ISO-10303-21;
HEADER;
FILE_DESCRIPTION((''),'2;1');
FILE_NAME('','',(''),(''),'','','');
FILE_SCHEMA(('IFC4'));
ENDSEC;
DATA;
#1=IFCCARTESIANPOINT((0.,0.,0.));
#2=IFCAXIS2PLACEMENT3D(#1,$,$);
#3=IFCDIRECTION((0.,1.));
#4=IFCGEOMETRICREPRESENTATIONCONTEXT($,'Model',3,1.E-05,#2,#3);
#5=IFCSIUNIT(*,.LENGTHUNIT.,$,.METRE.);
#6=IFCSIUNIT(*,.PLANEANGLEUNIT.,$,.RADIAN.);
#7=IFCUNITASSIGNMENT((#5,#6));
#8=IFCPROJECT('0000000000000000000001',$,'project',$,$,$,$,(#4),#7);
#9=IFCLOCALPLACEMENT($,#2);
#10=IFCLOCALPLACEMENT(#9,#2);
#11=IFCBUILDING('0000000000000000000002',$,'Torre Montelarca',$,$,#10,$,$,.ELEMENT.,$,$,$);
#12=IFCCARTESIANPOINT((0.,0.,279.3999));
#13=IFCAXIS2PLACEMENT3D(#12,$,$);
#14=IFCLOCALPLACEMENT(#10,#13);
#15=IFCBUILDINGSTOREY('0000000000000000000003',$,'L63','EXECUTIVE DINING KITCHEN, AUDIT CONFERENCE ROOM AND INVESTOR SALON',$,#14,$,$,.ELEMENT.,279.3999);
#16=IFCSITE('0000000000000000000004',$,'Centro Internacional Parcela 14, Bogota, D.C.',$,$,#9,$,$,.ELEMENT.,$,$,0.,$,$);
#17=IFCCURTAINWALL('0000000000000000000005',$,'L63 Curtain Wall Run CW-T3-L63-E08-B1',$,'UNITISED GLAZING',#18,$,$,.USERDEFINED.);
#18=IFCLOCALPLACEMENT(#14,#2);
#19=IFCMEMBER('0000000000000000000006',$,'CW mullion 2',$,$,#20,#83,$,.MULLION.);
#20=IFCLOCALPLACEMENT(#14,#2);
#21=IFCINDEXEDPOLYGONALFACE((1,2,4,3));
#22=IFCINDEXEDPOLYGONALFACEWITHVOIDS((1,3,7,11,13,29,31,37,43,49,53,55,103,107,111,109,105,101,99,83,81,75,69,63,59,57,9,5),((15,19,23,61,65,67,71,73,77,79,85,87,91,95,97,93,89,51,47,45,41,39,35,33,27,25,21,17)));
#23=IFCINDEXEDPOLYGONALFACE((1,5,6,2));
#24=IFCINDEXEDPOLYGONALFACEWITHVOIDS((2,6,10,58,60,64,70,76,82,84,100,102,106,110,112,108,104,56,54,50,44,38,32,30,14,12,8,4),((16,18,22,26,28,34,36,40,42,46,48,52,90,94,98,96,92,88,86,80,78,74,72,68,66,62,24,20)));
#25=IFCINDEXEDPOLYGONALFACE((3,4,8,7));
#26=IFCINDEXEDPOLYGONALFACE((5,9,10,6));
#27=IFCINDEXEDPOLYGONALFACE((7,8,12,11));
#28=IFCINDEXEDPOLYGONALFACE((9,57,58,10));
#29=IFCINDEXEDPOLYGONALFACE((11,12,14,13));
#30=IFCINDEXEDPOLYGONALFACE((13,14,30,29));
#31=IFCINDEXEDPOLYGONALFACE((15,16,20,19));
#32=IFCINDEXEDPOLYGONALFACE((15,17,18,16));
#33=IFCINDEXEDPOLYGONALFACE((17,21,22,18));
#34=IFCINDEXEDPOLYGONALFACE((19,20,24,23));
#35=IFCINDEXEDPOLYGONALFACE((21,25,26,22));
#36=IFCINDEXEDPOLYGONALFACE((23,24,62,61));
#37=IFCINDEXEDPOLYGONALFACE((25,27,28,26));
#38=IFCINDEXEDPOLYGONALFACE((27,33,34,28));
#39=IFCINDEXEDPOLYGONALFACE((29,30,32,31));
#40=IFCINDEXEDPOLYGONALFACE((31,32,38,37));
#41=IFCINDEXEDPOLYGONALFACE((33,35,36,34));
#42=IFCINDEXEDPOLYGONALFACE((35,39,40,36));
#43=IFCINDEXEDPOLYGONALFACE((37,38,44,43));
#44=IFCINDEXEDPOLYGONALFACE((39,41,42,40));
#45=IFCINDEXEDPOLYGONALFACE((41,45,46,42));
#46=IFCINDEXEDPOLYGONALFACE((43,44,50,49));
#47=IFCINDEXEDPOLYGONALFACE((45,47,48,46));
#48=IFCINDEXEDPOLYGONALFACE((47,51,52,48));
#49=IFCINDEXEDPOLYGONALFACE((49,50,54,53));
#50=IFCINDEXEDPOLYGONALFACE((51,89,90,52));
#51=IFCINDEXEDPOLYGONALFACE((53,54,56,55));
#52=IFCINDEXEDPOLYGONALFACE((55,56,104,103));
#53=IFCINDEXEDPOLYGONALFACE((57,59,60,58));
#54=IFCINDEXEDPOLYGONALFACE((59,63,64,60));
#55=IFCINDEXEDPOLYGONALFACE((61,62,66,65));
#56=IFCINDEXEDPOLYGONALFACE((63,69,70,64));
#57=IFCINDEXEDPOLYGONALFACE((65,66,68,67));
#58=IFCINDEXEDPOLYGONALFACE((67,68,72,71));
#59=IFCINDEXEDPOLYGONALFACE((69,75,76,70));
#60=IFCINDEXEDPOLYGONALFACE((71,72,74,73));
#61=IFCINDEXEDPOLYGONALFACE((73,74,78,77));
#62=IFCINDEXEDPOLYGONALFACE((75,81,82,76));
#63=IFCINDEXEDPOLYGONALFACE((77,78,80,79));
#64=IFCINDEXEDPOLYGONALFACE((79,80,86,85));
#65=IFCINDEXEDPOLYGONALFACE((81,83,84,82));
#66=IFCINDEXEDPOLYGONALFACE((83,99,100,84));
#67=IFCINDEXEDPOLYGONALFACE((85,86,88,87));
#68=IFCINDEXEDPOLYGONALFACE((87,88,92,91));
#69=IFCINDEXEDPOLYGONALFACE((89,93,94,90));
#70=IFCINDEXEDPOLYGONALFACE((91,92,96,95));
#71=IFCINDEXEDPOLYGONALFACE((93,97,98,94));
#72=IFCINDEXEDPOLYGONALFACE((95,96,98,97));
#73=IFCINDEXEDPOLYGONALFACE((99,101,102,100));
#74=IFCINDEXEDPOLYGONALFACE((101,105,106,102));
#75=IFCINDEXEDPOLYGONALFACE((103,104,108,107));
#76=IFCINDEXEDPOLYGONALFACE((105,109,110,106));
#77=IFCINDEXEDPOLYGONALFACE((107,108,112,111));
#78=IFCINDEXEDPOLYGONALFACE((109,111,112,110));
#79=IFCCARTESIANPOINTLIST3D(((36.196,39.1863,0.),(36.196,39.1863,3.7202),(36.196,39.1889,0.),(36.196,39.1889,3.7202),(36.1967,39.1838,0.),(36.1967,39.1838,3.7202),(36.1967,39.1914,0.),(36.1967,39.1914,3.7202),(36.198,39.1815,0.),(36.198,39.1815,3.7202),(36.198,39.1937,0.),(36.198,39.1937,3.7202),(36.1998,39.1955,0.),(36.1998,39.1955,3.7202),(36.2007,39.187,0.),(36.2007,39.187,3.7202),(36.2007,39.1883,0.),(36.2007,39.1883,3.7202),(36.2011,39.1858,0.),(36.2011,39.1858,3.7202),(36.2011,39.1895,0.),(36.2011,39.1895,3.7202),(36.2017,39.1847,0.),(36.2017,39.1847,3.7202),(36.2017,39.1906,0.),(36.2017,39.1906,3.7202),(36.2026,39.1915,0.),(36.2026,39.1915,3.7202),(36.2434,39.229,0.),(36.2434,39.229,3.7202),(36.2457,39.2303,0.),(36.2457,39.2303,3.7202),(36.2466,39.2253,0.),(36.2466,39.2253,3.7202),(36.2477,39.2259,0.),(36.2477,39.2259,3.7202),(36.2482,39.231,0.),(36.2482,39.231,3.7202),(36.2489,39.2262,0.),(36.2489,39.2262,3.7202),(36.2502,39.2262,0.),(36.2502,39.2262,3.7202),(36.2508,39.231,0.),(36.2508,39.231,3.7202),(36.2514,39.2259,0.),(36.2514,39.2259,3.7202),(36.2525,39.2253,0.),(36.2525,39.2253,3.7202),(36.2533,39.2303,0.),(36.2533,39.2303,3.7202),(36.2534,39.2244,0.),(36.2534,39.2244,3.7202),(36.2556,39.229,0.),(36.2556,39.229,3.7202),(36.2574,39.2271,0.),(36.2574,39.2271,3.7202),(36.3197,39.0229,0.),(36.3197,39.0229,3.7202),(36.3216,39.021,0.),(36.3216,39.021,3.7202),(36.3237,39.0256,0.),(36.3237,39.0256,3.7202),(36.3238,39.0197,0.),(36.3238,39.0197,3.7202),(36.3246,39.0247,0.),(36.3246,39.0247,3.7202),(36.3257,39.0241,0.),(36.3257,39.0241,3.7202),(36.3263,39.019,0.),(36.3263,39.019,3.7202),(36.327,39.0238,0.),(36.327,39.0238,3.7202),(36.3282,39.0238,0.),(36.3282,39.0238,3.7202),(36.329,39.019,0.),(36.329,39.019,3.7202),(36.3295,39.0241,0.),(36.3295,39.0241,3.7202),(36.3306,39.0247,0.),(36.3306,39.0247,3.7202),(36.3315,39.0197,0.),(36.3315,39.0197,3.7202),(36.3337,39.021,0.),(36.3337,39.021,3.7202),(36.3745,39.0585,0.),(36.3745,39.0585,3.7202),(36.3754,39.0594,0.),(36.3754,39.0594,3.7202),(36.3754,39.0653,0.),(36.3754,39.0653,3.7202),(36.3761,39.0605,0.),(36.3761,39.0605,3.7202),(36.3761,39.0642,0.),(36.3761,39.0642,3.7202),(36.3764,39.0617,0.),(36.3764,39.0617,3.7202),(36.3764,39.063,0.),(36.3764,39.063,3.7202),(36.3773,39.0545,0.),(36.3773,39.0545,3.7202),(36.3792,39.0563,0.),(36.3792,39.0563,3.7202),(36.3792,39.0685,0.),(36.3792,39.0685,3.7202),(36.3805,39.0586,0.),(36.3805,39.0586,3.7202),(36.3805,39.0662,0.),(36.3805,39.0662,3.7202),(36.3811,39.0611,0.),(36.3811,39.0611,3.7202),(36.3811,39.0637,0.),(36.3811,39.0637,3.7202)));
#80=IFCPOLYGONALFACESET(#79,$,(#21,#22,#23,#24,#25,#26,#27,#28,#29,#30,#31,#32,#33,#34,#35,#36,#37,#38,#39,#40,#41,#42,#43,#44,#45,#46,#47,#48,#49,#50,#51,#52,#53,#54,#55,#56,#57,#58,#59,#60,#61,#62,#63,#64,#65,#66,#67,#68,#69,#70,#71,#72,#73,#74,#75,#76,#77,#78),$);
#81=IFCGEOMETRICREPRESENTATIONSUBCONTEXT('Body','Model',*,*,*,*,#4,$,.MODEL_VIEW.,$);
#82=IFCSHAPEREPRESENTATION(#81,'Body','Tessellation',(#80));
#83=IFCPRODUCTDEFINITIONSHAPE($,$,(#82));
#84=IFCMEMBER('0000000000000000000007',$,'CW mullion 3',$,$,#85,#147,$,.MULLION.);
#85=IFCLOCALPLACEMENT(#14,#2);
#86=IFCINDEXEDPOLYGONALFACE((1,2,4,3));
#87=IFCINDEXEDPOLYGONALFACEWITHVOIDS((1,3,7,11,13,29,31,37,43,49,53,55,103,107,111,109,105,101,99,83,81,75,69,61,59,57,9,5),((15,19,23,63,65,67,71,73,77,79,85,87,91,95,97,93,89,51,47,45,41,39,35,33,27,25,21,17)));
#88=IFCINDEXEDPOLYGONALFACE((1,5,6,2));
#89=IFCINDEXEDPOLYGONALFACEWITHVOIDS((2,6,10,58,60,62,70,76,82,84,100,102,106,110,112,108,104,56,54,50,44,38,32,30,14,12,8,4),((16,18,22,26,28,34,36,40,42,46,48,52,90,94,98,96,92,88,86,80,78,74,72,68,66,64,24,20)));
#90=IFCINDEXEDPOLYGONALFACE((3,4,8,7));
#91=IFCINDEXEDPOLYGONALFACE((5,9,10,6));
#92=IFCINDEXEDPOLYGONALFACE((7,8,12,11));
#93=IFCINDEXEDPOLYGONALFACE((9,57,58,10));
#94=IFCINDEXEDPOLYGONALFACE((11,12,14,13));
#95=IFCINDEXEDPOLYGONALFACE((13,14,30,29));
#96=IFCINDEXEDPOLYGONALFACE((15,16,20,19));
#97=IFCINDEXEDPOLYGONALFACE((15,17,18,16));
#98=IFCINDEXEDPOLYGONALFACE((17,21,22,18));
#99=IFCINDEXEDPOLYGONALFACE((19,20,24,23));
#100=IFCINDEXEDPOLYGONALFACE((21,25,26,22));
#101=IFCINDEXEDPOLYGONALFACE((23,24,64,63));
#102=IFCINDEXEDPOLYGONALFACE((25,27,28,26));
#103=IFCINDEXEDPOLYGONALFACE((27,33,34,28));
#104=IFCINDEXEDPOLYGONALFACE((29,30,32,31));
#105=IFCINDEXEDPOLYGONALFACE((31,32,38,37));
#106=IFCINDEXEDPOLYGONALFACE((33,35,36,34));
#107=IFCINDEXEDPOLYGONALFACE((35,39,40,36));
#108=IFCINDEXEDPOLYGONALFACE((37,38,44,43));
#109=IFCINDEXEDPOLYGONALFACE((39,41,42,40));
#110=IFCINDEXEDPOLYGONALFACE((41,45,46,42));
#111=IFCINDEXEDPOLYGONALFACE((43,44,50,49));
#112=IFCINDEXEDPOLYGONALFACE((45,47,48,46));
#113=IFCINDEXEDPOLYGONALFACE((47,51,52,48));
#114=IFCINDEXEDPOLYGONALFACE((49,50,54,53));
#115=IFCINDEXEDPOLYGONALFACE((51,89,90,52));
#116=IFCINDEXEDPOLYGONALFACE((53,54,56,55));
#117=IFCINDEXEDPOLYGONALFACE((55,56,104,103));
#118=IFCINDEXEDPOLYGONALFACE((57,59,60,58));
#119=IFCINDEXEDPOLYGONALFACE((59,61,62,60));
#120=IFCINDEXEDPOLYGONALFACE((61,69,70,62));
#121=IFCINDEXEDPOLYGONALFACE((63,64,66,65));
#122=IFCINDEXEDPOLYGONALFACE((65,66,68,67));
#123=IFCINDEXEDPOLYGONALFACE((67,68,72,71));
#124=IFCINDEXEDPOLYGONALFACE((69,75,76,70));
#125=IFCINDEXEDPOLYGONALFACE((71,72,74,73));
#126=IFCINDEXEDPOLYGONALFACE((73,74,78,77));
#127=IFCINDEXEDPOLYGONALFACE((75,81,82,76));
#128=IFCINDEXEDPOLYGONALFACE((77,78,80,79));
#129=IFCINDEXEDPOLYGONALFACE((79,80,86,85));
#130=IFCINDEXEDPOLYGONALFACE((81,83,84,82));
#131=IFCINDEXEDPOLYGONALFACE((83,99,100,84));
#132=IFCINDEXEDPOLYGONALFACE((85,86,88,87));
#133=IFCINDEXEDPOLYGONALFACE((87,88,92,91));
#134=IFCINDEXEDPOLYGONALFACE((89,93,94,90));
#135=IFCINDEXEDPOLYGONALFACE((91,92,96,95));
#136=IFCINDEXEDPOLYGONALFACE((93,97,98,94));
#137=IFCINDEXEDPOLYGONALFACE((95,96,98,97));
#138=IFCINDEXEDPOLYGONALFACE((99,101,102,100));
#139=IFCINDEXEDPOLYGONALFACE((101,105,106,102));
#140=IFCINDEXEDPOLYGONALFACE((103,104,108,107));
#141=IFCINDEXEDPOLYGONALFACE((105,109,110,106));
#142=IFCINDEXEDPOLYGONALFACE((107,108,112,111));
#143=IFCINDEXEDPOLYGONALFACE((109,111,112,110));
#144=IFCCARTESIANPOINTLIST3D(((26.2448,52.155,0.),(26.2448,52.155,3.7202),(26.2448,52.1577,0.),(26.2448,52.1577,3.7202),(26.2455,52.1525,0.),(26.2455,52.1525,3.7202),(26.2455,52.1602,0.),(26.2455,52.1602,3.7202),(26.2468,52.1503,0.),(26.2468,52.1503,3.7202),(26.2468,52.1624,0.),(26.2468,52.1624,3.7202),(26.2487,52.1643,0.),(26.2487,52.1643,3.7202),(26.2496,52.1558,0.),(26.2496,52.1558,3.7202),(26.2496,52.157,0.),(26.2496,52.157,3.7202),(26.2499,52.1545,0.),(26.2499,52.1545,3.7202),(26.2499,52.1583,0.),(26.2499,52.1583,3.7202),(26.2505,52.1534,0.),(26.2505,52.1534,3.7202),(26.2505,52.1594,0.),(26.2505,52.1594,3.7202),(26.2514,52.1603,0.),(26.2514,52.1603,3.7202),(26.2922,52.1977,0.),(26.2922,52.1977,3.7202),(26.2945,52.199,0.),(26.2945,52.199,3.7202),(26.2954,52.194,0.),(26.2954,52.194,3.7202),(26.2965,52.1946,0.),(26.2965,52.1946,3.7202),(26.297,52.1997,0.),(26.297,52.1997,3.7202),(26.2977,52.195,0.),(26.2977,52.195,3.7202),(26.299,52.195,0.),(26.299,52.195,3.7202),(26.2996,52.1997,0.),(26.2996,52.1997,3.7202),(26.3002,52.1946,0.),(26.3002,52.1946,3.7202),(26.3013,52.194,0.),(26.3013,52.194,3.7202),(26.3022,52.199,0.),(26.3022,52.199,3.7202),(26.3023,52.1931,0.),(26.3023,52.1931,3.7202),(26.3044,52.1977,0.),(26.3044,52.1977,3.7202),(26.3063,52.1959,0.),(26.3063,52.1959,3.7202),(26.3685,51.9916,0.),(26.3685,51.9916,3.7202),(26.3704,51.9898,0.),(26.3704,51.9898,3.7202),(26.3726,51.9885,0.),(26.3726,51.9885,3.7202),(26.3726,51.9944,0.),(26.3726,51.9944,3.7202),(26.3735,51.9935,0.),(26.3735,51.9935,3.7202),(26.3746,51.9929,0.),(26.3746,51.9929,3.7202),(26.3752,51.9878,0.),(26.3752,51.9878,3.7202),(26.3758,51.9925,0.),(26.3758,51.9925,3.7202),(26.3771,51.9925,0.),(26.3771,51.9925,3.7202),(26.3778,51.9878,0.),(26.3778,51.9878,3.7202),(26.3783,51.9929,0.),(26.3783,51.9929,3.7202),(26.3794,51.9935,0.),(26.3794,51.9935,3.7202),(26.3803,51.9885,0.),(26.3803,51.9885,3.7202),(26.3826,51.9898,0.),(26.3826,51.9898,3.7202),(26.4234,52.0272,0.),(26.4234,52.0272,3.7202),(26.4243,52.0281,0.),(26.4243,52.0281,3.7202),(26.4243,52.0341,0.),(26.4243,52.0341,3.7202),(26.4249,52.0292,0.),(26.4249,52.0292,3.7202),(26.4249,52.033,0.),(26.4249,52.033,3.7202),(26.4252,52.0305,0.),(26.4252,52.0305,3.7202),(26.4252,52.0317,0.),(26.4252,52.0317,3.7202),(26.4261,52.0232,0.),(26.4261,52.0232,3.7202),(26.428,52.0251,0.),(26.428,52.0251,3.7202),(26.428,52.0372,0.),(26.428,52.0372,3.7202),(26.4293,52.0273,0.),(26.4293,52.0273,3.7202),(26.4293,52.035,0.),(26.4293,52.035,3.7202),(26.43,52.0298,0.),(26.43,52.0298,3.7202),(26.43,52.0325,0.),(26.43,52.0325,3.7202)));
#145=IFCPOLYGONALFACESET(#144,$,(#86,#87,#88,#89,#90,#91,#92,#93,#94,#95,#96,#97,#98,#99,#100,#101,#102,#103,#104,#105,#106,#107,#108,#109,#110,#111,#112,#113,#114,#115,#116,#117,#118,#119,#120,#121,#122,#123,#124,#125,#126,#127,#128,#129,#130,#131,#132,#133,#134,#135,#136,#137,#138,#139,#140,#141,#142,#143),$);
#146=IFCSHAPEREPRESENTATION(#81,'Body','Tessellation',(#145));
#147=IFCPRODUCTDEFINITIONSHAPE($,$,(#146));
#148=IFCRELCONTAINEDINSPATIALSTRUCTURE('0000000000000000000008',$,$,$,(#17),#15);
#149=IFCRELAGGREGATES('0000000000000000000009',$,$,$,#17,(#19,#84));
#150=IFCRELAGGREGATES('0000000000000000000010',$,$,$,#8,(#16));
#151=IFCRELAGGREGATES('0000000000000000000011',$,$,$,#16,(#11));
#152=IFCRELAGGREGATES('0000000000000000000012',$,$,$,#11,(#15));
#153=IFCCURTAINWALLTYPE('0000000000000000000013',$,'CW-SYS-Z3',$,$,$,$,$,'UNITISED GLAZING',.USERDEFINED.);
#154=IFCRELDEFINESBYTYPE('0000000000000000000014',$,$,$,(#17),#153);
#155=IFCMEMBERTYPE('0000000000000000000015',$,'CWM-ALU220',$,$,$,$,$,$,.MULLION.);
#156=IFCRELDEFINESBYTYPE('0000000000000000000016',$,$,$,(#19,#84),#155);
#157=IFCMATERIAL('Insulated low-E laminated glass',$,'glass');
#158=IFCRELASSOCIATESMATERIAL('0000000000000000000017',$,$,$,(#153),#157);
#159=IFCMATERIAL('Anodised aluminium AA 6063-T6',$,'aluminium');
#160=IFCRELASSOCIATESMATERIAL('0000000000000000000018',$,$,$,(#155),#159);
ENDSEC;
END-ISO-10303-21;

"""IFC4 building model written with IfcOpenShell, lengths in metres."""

from ifc_helpers import new_model, si_unit, direction, frame, origin, origin_2d, place, context, subcontext, project, spatial, hollow_rectangle, extrude, source, transform, mapped, material, material_profile, profile_set, type_object, element, aggregate, save


model = new_model("IFC4")

# Units and contexts
model_context = context("Model", 3, precision=1e-05, world=origin(), true_north=direction((0.0, 1.0)))
body_context = subcontext(model_context, "Body", "Model", "MODEL_VIEW")
ifc_project = project(units=[si_unit("LENGTHUNIT", "METRE"), si_unit("PLANEANGLEUNIT", "RADIAN")], contexts=[model_context])

# Site, building, storey
site_placement = place(None, origin())
site = spatial("IfcSite", under=ifc_project, at=site_placement, Name="Centro Internacional Parcela 14, Bogota, D.C.", CompositionType="ELEMENT", RefElevation=0.0)
building_placement = place(site_placement, origin())
building = spatial("IfcBuilding", under=site, at=building_placement, Name="Torre Montelarca", CompositionType="ELEMENT")
storey_placement = place(building_placement, frame((0.0, 0.0, 279.3999)))
storey = spatial("IfcBuildingStorey", under=building, at=storey_placement, Name="L63", Description="EXECUTIVE DINING KITCHEN, AUDIT CONFERENCE ROOM AND INVESTOR SALON", CompositionType="ELEMENT", Elevation=279.3999)

# Shared definitions
ifc_material_1 = material(Name="Insulated low-E laminated glass", Category="glass")
curtain_wall_type = type_object("IfcCurtainWallType", Name="CW-SYS-Z3", ElementType="UNITISED GLAZING", PredefinedType="USERDEFINED", material=ifc_material_1)
ifc_material_2 = material(Name="Anodised aluminium AA 6063-T6", Category="aluminium")

# Curtain wall, members
curtain_wall_1_placement = place(storey_placement, origin())
curtain_wall_1 = element("IfcCurtainWall", 1, at=curtain_wall_1_placement, inside=storey, type_object=curtain_wall_type, Name="L63 Curtain Wall Run CW-T3-L63-E08-B1", ObjectType="UNITISED GLAZING", PredefinedType="USERDEFINED")
ifc_material_profile_1 = material_profile(ifc_material_2, hollow_rectangle(XDim=0.075, YDim=0.22, WallThickness=0.0049, InnerFilletRadius=0.0049, OuterFilletRadius=0.01, at=origin_2d()), Name="ALU75X220X5", Category="aluminium")
ifc_profile_set_1 = profile_set([ifc_material_profile_1], Name="Anodised aluminium AA 6063-T6")
member_type_1 = type_object("IfcMemberType", Name="CWM-ALU220", PredefinedType="MULLION", material=ifc_profile_set_1)
shared_shape_1 = source(origin(), body_context, "Body", "SweptSolid", [
    extrude(hollow_rectangle(XDim=0.075, YDim=0.22, WallThickness=0.0049, InnerFilletRadius=0.0049, OuterFilletRadius=0.01, at=origin_2d()), origin(), (0.0, 0.0, 1.0), 3.7202),
])
member_1_placement = place(storey_placement, frame((36.2886, 39.125, 0.0), z_axis=(0.0, 0.0, 1.0), x_axis=(-0.793354, -0.608761, 0.0)))
member_1 = element("IfcMember", 2, at=member_1_placement, type_object=member_type_1, Name="CW mullion 2", PredefinedType="MULLION", context=body_context, shape_type="MappedRepresentation", body=[
    mapped(shared_shape_1, transform((0.0, 0.0, 0.0), scale=1.0)),
])
member_2_placement = place(storey_placement, frame((26.3374, 52.0938, 0.0), z_axis=(0.0, 0.0, 1.0), x_axis=(-0.793354, -0.608761, 0.0)))
member_2 = element("IfcMember", 3, at=member_2_placement, type_object=member_type_1, Name="CW mullion 3", PredefinedType="MULLION", context=body_context, shape_type="MappedRepresentation", body=[
    mapped(shared_shape_1, transform((0.0, 0.0, 0.0), scale=1.0)),
])

aggregate(curtain_wall_1, [member_1, member_2])

save(model, "model.ifc")
